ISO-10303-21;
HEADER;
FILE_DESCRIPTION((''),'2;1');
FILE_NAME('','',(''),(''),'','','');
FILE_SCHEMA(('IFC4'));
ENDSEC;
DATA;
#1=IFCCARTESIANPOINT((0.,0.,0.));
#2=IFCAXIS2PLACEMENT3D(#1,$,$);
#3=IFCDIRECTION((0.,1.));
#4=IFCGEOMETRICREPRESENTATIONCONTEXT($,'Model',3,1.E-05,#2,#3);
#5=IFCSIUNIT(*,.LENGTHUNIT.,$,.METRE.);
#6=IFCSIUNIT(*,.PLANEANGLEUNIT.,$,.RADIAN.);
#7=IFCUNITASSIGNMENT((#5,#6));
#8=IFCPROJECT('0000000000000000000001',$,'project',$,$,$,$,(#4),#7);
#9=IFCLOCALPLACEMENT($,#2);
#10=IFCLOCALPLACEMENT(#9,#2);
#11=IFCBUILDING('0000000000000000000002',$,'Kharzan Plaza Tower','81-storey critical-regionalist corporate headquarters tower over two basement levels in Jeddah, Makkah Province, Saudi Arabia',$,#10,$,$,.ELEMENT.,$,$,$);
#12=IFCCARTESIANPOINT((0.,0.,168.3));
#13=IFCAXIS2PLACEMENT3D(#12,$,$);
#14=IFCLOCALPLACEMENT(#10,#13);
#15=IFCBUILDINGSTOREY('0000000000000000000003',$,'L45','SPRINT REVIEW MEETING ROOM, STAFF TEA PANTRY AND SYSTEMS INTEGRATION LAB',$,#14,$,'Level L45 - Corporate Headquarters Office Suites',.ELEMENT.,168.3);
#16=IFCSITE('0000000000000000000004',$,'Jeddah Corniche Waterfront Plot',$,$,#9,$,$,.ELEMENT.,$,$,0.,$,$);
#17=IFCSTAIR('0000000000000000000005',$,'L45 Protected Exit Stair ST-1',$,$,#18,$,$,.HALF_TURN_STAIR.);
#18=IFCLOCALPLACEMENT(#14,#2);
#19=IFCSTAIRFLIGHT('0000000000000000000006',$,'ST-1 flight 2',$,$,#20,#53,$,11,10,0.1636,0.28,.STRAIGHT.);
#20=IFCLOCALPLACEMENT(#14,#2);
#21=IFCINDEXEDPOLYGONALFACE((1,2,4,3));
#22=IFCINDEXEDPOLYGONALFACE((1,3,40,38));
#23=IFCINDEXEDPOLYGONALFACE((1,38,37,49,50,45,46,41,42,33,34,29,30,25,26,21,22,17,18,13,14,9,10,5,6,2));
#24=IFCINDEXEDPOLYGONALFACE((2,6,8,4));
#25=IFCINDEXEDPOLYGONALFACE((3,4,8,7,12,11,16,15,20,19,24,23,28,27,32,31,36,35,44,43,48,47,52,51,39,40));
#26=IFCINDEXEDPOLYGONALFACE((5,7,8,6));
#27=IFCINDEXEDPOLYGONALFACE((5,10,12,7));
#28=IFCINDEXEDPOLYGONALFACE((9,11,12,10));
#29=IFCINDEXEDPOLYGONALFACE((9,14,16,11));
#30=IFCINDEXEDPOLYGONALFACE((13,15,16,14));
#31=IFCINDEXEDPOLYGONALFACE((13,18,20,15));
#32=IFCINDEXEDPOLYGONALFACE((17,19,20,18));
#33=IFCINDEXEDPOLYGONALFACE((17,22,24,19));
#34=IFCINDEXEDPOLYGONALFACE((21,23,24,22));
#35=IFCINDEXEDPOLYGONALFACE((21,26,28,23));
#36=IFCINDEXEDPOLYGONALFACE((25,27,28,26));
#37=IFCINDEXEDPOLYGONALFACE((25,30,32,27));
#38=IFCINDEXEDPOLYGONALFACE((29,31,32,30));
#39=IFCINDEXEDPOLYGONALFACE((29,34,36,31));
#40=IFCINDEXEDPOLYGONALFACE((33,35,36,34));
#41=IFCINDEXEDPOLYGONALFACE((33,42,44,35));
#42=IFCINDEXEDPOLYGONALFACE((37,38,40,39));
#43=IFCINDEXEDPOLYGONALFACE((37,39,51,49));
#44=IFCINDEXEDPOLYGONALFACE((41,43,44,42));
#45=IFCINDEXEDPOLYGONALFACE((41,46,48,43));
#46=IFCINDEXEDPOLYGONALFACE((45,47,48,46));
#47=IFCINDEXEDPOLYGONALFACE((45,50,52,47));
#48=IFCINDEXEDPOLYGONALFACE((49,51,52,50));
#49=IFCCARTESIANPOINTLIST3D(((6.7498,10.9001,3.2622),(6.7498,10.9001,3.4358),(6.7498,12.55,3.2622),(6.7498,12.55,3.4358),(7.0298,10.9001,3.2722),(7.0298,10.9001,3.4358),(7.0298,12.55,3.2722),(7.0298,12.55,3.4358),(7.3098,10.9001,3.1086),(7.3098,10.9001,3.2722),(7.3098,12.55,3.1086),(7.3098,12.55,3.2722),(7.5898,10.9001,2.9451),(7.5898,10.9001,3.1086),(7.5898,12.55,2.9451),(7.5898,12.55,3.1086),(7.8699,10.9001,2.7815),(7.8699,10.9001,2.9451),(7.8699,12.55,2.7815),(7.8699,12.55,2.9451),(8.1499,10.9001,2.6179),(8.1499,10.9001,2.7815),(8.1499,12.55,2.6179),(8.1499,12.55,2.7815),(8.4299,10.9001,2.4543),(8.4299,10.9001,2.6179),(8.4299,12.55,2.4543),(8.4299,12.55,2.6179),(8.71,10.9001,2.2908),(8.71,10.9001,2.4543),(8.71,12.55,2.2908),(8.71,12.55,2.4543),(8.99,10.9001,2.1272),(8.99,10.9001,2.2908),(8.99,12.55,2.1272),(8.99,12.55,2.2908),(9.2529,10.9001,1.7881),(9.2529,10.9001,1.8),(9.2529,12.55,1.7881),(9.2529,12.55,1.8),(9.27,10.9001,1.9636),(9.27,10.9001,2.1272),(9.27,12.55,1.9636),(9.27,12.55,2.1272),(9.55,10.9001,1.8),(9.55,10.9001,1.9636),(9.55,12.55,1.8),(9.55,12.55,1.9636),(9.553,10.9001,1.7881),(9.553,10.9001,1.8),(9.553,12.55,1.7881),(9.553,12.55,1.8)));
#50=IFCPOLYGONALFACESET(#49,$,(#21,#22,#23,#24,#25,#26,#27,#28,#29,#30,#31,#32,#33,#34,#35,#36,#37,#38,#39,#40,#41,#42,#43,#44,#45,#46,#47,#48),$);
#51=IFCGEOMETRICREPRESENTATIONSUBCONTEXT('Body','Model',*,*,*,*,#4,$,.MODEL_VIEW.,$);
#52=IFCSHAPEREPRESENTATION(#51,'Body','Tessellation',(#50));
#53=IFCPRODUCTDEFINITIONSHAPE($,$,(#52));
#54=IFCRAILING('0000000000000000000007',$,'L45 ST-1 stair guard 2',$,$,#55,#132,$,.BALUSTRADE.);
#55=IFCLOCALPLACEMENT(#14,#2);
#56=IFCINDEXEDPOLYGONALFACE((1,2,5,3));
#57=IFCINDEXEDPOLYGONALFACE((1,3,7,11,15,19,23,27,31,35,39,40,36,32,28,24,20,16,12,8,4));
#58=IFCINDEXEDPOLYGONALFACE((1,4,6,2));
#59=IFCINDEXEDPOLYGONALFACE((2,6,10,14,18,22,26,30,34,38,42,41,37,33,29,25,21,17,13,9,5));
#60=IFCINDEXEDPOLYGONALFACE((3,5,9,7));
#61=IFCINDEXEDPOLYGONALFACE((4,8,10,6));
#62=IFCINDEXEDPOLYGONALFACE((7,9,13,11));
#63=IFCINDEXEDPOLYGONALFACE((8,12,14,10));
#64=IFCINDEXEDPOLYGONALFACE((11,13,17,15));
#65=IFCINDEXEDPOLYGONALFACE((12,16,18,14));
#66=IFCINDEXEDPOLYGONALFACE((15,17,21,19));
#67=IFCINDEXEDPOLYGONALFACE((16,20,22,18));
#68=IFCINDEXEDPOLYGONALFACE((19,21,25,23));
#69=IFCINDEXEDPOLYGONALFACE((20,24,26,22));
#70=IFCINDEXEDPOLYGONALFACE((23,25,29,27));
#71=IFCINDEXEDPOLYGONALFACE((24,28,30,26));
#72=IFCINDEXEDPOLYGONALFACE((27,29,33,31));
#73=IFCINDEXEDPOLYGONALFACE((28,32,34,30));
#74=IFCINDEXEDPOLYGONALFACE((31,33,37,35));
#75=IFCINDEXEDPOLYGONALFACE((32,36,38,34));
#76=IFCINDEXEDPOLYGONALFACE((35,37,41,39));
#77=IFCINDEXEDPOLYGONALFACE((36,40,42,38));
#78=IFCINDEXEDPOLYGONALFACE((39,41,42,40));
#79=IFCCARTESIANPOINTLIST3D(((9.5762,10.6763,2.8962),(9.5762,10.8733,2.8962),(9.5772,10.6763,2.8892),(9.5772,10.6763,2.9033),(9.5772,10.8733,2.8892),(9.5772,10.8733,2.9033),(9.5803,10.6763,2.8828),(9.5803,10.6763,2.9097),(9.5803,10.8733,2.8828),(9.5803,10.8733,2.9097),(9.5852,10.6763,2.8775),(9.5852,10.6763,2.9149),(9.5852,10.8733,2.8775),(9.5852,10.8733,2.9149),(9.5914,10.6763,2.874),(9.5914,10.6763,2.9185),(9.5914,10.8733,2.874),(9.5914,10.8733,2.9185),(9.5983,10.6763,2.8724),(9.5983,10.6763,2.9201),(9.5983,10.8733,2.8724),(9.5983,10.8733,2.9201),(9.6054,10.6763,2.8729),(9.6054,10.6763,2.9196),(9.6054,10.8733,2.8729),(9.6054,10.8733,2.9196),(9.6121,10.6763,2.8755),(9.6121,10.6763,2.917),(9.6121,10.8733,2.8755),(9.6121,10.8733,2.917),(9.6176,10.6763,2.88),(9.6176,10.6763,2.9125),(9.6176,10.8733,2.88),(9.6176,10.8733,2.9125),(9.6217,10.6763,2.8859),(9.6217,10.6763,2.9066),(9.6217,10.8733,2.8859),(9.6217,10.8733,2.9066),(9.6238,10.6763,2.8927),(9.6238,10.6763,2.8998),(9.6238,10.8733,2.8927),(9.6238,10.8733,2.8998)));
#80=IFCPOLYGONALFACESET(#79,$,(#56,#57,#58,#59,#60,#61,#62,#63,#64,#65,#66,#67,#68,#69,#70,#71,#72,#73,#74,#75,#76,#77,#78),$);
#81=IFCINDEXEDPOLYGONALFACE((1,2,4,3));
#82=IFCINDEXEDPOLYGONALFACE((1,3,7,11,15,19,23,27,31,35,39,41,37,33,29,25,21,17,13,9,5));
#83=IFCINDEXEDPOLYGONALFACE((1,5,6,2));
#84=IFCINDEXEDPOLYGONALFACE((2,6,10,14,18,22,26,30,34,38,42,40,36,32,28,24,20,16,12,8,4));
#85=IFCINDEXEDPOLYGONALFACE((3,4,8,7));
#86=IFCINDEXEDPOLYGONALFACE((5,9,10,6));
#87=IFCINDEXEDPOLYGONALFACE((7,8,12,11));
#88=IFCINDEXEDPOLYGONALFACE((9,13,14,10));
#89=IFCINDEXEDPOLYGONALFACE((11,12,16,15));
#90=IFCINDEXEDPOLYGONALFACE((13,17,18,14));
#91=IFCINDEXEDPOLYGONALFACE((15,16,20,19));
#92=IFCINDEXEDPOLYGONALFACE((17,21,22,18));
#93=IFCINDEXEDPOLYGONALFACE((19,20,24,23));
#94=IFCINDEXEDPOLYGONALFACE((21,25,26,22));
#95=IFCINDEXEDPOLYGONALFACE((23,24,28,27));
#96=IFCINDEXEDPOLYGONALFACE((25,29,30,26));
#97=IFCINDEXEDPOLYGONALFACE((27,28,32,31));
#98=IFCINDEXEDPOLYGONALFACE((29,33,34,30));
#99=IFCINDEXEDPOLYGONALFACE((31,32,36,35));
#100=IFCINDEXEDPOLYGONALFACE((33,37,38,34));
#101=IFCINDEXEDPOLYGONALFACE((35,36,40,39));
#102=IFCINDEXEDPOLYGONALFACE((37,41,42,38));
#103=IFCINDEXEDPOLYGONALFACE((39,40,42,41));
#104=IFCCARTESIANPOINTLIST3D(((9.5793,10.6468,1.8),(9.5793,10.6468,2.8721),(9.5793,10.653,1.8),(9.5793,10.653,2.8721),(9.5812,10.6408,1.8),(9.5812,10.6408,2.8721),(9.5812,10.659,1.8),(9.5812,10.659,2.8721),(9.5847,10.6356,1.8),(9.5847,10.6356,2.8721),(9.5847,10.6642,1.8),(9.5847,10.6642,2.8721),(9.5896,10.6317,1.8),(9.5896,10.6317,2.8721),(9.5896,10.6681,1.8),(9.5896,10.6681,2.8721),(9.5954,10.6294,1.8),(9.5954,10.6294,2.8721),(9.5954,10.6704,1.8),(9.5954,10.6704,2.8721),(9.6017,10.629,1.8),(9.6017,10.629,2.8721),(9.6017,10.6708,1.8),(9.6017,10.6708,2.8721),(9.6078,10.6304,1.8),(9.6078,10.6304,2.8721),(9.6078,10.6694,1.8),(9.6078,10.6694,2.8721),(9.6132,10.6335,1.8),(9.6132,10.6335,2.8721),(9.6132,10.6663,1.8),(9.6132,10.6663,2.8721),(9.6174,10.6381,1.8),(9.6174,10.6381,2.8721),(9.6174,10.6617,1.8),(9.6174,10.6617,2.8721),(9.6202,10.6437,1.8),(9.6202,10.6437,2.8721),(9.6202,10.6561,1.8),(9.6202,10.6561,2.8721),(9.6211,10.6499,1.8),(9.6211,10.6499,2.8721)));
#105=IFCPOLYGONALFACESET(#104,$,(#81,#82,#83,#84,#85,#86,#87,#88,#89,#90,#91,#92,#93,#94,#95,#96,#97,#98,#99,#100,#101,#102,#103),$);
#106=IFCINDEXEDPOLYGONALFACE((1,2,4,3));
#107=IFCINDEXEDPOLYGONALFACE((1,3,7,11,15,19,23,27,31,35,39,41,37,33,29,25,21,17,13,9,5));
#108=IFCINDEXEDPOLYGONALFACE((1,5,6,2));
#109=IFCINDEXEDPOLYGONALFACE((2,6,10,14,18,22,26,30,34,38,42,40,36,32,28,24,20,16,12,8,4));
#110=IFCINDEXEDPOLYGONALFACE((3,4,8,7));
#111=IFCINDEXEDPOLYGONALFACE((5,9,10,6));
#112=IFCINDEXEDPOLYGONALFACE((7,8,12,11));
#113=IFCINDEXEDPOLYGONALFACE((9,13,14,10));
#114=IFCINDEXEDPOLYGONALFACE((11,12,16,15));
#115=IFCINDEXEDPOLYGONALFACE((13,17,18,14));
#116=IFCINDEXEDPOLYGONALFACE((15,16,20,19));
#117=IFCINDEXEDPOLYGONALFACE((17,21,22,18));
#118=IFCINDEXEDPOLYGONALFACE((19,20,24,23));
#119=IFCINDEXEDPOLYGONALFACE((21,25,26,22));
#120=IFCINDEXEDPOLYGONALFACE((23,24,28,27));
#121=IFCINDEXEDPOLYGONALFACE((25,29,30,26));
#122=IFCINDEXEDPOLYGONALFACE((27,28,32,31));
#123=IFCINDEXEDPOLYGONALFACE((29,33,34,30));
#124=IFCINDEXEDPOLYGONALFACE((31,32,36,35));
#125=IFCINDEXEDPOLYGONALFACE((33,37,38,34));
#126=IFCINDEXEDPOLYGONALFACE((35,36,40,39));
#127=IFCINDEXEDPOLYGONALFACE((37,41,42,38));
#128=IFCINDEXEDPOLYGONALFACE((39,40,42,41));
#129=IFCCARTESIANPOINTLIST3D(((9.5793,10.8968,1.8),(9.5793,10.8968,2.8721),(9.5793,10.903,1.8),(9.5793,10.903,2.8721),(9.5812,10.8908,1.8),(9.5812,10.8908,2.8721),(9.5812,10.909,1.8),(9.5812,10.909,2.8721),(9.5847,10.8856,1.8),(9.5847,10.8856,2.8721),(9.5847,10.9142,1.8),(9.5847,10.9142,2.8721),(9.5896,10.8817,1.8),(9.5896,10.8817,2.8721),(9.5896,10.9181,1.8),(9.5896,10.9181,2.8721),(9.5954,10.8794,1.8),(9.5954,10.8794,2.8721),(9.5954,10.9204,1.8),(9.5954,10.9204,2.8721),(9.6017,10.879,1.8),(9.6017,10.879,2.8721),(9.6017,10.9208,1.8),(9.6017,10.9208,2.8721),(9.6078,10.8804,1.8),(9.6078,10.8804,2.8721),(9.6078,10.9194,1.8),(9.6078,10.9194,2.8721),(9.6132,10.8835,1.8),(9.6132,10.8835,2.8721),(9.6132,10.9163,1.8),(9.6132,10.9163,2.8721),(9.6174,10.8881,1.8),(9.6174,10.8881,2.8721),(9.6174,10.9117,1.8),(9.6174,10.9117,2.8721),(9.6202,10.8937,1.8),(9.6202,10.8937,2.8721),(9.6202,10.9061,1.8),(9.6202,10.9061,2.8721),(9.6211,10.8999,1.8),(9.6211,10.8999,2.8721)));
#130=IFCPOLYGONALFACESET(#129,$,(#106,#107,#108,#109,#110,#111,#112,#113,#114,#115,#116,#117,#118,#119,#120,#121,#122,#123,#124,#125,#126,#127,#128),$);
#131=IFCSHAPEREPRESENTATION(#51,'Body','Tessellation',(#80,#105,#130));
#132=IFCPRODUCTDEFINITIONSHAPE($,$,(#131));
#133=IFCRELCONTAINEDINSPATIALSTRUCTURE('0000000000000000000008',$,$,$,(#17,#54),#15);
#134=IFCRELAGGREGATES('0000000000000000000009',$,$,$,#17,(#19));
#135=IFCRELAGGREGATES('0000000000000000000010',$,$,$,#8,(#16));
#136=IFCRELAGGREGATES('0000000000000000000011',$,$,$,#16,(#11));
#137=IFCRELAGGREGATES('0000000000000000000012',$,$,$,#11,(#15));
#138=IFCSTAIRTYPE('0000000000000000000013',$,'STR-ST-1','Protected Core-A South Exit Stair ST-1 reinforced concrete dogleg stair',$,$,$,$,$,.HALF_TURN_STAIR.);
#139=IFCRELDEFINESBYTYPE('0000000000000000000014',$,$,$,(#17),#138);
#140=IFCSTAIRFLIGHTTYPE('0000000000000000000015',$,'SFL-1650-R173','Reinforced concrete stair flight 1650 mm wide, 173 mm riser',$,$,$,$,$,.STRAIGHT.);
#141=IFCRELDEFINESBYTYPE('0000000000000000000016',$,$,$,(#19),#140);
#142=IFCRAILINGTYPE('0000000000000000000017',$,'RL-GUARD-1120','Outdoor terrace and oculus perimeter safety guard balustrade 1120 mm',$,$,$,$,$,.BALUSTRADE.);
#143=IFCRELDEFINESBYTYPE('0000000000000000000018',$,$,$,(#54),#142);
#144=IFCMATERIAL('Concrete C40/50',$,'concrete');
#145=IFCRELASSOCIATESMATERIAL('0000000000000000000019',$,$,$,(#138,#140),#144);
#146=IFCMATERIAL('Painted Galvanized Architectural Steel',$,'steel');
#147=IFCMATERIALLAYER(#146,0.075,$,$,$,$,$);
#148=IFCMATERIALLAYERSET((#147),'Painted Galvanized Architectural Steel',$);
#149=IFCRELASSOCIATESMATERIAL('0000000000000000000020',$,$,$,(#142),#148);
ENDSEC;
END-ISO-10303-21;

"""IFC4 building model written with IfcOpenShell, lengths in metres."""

from ifc_helpers import new_model, si_unit, direction, frame, origin, origin_2d, place, context, subcontext, project, spatial, polyline, circle, outline, extrude, source, transform, mapped, material, layer, layer_set, type_object, element, aggregate, save


model = new_model("IFC4")

# Units and contexts
model_context = context("Model", 3, precision=1e-05, world=origin(), true_north=direction((0.0, 1.0)))
body_context = subcontext(model_context, "Body", "Model", "MODEL_VIEW")
ifc_project = project(units=[si_unit("LENGTHUNIT", "METRE"), si_unit("PLANEANGLEUNIT", "RADIAN")], contexts=[model_context])

# Site, building, storey
site_placement = place(None, origin())
site = spatial("IfcSite", under=ifc_project, at=site_placement, Name="Jeddah Corniche Waterfront Plot", CompositionType="ELEMENT", RefElevation=0.0)
building_placement = place(site_placement, origin())
building = spatial("IfcBuilding", under=site, at=building_placement, Name="Kharzan Plaza Tower", Description="81-storey critical-regionalist corporate headquarters tower over two basement levels in Jeddah, Makkah Province, Saudi Arabia", CompositionType="ELEMENT")
storey_placement = place(building_placement, frame((0.0, 0.0, 168.3)))
storey = spatial("IfcBuildingStorey", under=building, at=storey_placement, Name="L45", Description="SPRINT REVIEW MEETING ROOM, STAFF TEA PANTRY AND SYSTEMS INTEGRATION LAB", LongName="Level L45 - Corporate Headquarters Office Suites", CompositionType="ELEMENT", Elevation=168.3)

# Shared definitions
ifc_material_1 = material(Name="Concrete C40/50", Category="concrete")

# Stair, stair flight
stair_type = type_object("IfcStairType", Name="STR-ST-1", Description="Protected Core-A South Exit Stair ST-1 reinforced concrete dogleg stair", PredefinedType="HALF_TURN_STAIR", material=ifc_material_1)
stair_placement = place(storey_placement, origin())
stair = element("IfcStair", 1, at=stair_placement, inside=storey, type_object=stair_type, Name="L45 Protected Exit Stair ST-1", PredefinedType="HALF_TURN_STAIR")
stair_flight_type = type_object("IfcStairFlightType", Name="SFL-1650-R173", Description="Reinforced concrete stair flight 1650 mm wide, 173 mm riser", PredefinedType="STRAIGHT", material=ifc_material_1)
shared_shape_1 = source(origin(), body_context, "Body", "SweptSolid", [
    extrude(outline(polyline([(-0.0029, -0.012), (-0.0029, 0.0), (0.0, 0.0), (0.0, 0.1636), (0.28, 0.1636), (0.28, 0.3271), (0.5601, 0.3271), (0.5601, 0.4907), (0.8401, 0.4907), (0.8401, 0.6543), (1.1201, 0.6543), (1.1201, 0.8179), (1.4001, 0.8179), (1.4001, 0.9814), (1.6802, 0.9814), (1.6802, 1.145), (1.9602, 1.145), (1.9602, 1.3086), (2.2402, 1.3086), (2.2402, 1.4722), (2.5203, 1.4722), (2.5203, 1.6357), (2.8003, 1.6357), (2.8003, 1.7993), (2.8003, 1.4622), (0.2971, 0.0), (0.2971, -0.012), (-0.0029, -0.012)])), frame((0.0, 0.825, 0.0), z_axis=(0.0, -1.0, 0.0), x_axis=(1.0, 0.0, 0.0)), (0.0, 0.0, 1.0), 1.6499),
])
stair_flight_placement = place(storey_placement, frame((9.55, 11.7251, 1.8), z_axis=(0.0, 0.0, 1.0), x_axis=(-1.0, 0.0, 0.0)))
stair_flight = element("IfcStairFlight", 2, at=stair_flight_placement, type_object=stair_flight_type, Name="ST-1 flight 2", NumberOfRisers=11, NumberOfTreads=10, PredefinedType="STRAIGHT", RiserHeight=0.1636, TreadLength=0.28, context=body_context, shape_type="MappedRepresentation", body=[
    mapped(shared_shape_1, transform((0.0, 0.0, 0.0), x_axis=(1.0, 0.0, 0.0), y_axis=(0.0, 1.0, 0.0), z_axis=(0.0, 0.0, 1.0))),
])
aggregate(stair, [stair_flight])

# Railing
ifc_material_2 = material(Name="Painted Galvanized Architectural Steel", Category="steel")
ifc_layer_1 = layer(ifc_material_2, 0.075)
ifc_layer_set_1 = layer_set([ifc_layer_1], Name="Painted Galvanized Architectural Steel")
railing_type_1 = type_object("IfcRailingType", Name="RL-GUARD-1120", Description="Outdoor terrace and oculus perimeter safety guard balustrade 1120 mm", PredefinedType="BALUSTRADE", material=ifc_layer_set_1)
shared_shape_2 = source(origin(), body_context, "Body", "SweptSolid", [
    extrude(circle(Radius=0.0239, at=origin_2d()), frame((0.0, 0.0264, 1.0962), z_axis=(0.0, 1.0, 0.0), x_axis=(-1.0, 0.0, 0.0)), (0.0, 0.0, 1.0), 0.197),
    extrude(circle(Radius=0.021, at=origin_2d()), origin(), (0.0, 0.0, 1.0), 1.072),
    extrude(circle(Radius=0.021, at=origin_2d()), frame((0.0, 0.25, 0.0)), (0.0, 0.0, 1.0), 1.072),
])
railing_1_placement = place(storey_placement, frame((9.6001, 10.6499, 1.8)))
element("IfcRailing", 3, at=railing_1_placement, inside=storey, type_object=railing_type_1, Name="L45 ST-1 stair guard 2", PredefinedType="BALUSTRADE", context=body_context, shape_type="MappedRepresentation", body=[
    mapped(shared_shape_2, transform((0.0, 0.0, 0.0), x_axis=(1.0, 0.0, 0.0), y_axis=(0.0, 1.0, 0.0), z_axis=(0.0, 0.0, 1.0))),
])

save(model, "model.ifc")
